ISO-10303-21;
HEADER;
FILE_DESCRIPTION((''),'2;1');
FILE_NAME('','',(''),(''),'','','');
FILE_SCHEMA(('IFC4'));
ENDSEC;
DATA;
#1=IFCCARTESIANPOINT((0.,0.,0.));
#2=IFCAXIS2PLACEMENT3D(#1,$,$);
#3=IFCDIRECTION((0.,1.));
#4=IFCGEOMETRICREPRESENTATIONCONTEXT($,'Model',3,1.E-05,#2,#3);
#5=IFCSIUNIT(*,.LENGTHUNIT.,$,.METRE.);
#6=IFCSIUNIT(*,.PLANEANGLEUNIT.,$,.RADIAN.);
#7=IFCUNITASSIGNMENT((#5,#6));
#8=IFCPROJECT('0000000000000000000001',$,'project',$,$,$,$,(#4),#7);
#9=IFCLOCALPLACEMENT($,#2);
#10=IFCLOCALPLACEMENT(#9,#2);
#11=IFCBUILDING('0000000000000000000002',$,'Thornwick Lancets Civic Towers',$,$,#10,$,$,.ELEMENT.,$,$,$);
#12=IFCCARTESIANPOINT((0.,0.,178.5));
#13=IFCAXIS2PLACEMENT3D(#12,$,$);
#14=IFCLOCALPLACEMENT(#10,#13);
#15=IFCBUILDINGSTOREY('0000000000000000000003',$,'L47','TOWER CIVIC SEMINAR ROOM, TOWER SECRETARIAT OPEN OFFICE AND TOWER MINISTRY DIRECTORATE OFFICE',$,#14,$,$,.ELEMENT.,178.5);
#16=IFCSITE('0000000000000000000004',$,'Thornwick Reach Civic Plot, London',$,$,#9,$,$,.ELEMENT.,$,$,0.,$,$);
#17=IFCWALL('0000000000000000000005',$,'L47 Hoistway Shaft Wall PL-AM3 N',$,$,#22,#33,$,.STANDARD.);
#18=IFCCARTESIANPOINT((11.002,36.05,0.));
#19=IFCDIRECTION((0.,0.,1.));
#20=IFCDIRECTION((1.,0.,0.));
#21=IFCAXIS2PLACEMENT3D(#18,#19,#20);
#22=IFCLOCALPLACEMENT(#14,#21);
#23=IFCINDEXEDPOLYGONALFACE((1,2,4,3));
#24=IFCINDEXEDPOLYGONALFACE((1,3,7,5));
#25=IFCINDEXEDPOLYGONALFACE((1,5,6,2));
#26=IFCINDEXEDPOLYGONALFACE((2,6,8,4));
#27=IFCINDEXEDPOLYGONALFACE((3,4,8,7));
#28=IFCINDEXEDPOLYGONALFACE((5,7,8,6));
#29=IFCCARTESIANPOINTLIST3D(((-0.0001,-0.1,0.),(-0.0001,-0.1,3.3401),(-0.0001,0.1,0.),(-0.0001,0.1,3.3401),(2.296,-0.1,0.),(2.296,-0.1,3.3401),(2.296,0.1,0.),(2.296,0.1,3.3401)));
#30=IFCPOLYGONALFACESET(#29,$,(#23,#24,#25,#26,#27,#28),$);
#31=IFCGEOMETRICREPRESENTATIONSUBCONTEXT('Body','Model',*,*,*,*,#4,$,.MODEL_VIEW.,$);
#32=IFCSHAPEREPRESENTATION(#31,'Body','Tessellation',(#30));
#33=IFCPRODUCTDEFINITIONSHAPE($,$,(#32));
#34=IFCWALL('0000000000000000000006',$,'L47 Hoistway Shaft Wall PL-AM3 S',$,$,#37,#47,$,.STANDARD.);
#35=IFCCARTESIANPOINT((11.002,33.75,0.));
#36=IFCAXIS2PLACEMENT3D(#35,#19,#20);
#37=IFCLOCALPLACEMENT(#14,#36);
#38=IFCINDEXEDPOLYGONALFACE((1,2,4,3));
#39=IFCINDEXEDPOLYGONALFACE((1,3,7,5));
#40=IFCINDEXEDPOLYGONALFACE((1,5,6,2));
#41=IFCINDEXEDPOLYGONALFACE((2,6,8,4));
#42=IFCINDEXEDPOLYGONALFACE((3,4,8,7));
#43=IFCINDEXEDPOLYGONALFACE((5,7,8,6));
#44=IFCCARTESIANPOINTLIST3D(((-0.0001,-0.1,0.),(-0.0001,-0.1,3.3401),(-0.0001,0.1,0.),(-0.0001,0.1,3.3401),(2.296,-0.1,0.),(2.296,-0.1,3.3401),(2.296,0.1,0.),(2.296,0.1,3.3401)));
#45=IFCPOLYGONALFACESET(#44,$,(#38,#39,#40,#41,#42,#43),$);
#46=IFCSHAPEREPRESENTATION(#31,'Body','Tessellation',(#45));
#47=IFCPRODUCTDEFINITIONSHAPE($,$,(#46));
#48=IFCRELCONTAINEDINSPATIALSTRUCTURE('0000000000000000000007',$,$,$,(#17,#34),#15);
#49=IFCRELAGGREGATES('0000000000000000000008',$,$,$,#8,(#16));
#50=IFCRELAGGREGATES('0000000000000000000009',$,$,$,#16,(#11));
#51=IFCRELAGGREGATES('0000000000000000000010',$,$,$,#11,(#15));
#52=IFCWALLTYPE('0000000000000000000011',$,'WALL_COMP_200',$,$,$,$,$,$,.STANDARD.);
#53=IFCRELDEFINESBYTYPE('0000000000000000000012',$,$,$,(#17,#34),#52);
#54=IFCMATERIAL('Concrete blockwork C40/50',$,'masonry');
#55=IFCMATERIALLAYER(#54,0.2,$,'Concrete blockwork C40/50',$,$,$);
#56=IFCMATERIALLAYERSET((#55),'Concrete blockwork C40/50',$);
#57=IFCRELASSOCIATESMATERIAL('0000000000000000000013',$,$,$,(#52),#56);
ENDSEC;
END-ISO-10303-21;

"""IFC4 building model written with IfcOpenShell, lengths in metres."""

from ifc_helpers import new_model, si_unit, direction, frame, frame_2d, origin, place, context, subcontext, project, spatial, rectangle, extrude, material, layer, layer_set, type_object, element, save


model = new_model("IFC4")

# Units and contexts
model_context = context("Model", 3, precision=1e-05, world=origin(), true_north=direction((0.0, 1.0)))
body_context = subcontext(model_context, "Body", "Model", "MODEL_VIEW")
ifc_project = project(units=[si_unit("LENGTHUNIT", "METRE"), si_unit("PLANEANGLEUNIT", "RADIAN")], contexts=[model_context])

# Site, building, storey
site_placement = place(None, origin())
site = spatial("IfcSite", under=ifc_project, at=site_placement, Name="Thornwick Reach Civic Plot, London", CompositionType="ELEMENT", RefElevation=0.0)
building_placement = place(site_placement, origin())
building = spatial("IfcBuilding", under=site, at=building_placement, Name="Thornwick Lancets Civic Towers", CompositionType="ELEMENT")
storey_placement = place(building_placement, frame((0.0, 0.0, 178.5)))
storey = spatial("IfcBuildingStorey", under=building, at=storey_placement, Name="L47", Description="TOWER CIVIC SEMINAR ROOM, TOWER SECRETARIAT OPEN OFFICE AND TOWER MINISTRY DIRECTORATE OFFICE", CompositionType="ELEMENT", Elevation=178.5)

# Shared definitions
ifc_material_1 = material(Name="Concrete blockwork C40/50", Category="masonry")
ifc_layer_1 = layer(ifc_material_1, 0.2, Name="Concrete blockwork C40/50")
ifc_layer_set_1 = layer_set([ifc_layer_1], Name="Concrete blockwork C40/50")
wall_type_1 = type_object("IfcWallType", Name="WALL_COMP_200", PredefinedType="STANDARD", material=ifc_layer_set_1)

# Walls
for number, where, z_axis, x_axis, name in (
    (1, (11.002, 36.05, 0.0), (0.0, 0.0, 1.0), (1.0, 0.0, 0.0), "L47 Hoistway Shaft Wall PL-AM3 N"),
    (2, (11.002, 33.75, 0.0), (0.0, 0.0, 1.0), (1.0, 0.0, 0.0), "L47 Hoistway Shaft Wall PL-AM3 S"),
):
    element("IfcWall", number, at=place(storey_placement, frame(where, z_axis=z_axis, x_axis=x_axis)), inside=storey, type_object=wall_type_1, Name=name, PredefinedType="STANDARD", context=body_context, shape_type="SweptSolid", body=[
        extrude(rectangle(XDim=2.2961, YDim=0.2, at=frame_2d((1.1479, 0.0))), origin(), (0.0, 0.0, 1.0), 3.3401),
    ])

save(model, "model.ifc")
